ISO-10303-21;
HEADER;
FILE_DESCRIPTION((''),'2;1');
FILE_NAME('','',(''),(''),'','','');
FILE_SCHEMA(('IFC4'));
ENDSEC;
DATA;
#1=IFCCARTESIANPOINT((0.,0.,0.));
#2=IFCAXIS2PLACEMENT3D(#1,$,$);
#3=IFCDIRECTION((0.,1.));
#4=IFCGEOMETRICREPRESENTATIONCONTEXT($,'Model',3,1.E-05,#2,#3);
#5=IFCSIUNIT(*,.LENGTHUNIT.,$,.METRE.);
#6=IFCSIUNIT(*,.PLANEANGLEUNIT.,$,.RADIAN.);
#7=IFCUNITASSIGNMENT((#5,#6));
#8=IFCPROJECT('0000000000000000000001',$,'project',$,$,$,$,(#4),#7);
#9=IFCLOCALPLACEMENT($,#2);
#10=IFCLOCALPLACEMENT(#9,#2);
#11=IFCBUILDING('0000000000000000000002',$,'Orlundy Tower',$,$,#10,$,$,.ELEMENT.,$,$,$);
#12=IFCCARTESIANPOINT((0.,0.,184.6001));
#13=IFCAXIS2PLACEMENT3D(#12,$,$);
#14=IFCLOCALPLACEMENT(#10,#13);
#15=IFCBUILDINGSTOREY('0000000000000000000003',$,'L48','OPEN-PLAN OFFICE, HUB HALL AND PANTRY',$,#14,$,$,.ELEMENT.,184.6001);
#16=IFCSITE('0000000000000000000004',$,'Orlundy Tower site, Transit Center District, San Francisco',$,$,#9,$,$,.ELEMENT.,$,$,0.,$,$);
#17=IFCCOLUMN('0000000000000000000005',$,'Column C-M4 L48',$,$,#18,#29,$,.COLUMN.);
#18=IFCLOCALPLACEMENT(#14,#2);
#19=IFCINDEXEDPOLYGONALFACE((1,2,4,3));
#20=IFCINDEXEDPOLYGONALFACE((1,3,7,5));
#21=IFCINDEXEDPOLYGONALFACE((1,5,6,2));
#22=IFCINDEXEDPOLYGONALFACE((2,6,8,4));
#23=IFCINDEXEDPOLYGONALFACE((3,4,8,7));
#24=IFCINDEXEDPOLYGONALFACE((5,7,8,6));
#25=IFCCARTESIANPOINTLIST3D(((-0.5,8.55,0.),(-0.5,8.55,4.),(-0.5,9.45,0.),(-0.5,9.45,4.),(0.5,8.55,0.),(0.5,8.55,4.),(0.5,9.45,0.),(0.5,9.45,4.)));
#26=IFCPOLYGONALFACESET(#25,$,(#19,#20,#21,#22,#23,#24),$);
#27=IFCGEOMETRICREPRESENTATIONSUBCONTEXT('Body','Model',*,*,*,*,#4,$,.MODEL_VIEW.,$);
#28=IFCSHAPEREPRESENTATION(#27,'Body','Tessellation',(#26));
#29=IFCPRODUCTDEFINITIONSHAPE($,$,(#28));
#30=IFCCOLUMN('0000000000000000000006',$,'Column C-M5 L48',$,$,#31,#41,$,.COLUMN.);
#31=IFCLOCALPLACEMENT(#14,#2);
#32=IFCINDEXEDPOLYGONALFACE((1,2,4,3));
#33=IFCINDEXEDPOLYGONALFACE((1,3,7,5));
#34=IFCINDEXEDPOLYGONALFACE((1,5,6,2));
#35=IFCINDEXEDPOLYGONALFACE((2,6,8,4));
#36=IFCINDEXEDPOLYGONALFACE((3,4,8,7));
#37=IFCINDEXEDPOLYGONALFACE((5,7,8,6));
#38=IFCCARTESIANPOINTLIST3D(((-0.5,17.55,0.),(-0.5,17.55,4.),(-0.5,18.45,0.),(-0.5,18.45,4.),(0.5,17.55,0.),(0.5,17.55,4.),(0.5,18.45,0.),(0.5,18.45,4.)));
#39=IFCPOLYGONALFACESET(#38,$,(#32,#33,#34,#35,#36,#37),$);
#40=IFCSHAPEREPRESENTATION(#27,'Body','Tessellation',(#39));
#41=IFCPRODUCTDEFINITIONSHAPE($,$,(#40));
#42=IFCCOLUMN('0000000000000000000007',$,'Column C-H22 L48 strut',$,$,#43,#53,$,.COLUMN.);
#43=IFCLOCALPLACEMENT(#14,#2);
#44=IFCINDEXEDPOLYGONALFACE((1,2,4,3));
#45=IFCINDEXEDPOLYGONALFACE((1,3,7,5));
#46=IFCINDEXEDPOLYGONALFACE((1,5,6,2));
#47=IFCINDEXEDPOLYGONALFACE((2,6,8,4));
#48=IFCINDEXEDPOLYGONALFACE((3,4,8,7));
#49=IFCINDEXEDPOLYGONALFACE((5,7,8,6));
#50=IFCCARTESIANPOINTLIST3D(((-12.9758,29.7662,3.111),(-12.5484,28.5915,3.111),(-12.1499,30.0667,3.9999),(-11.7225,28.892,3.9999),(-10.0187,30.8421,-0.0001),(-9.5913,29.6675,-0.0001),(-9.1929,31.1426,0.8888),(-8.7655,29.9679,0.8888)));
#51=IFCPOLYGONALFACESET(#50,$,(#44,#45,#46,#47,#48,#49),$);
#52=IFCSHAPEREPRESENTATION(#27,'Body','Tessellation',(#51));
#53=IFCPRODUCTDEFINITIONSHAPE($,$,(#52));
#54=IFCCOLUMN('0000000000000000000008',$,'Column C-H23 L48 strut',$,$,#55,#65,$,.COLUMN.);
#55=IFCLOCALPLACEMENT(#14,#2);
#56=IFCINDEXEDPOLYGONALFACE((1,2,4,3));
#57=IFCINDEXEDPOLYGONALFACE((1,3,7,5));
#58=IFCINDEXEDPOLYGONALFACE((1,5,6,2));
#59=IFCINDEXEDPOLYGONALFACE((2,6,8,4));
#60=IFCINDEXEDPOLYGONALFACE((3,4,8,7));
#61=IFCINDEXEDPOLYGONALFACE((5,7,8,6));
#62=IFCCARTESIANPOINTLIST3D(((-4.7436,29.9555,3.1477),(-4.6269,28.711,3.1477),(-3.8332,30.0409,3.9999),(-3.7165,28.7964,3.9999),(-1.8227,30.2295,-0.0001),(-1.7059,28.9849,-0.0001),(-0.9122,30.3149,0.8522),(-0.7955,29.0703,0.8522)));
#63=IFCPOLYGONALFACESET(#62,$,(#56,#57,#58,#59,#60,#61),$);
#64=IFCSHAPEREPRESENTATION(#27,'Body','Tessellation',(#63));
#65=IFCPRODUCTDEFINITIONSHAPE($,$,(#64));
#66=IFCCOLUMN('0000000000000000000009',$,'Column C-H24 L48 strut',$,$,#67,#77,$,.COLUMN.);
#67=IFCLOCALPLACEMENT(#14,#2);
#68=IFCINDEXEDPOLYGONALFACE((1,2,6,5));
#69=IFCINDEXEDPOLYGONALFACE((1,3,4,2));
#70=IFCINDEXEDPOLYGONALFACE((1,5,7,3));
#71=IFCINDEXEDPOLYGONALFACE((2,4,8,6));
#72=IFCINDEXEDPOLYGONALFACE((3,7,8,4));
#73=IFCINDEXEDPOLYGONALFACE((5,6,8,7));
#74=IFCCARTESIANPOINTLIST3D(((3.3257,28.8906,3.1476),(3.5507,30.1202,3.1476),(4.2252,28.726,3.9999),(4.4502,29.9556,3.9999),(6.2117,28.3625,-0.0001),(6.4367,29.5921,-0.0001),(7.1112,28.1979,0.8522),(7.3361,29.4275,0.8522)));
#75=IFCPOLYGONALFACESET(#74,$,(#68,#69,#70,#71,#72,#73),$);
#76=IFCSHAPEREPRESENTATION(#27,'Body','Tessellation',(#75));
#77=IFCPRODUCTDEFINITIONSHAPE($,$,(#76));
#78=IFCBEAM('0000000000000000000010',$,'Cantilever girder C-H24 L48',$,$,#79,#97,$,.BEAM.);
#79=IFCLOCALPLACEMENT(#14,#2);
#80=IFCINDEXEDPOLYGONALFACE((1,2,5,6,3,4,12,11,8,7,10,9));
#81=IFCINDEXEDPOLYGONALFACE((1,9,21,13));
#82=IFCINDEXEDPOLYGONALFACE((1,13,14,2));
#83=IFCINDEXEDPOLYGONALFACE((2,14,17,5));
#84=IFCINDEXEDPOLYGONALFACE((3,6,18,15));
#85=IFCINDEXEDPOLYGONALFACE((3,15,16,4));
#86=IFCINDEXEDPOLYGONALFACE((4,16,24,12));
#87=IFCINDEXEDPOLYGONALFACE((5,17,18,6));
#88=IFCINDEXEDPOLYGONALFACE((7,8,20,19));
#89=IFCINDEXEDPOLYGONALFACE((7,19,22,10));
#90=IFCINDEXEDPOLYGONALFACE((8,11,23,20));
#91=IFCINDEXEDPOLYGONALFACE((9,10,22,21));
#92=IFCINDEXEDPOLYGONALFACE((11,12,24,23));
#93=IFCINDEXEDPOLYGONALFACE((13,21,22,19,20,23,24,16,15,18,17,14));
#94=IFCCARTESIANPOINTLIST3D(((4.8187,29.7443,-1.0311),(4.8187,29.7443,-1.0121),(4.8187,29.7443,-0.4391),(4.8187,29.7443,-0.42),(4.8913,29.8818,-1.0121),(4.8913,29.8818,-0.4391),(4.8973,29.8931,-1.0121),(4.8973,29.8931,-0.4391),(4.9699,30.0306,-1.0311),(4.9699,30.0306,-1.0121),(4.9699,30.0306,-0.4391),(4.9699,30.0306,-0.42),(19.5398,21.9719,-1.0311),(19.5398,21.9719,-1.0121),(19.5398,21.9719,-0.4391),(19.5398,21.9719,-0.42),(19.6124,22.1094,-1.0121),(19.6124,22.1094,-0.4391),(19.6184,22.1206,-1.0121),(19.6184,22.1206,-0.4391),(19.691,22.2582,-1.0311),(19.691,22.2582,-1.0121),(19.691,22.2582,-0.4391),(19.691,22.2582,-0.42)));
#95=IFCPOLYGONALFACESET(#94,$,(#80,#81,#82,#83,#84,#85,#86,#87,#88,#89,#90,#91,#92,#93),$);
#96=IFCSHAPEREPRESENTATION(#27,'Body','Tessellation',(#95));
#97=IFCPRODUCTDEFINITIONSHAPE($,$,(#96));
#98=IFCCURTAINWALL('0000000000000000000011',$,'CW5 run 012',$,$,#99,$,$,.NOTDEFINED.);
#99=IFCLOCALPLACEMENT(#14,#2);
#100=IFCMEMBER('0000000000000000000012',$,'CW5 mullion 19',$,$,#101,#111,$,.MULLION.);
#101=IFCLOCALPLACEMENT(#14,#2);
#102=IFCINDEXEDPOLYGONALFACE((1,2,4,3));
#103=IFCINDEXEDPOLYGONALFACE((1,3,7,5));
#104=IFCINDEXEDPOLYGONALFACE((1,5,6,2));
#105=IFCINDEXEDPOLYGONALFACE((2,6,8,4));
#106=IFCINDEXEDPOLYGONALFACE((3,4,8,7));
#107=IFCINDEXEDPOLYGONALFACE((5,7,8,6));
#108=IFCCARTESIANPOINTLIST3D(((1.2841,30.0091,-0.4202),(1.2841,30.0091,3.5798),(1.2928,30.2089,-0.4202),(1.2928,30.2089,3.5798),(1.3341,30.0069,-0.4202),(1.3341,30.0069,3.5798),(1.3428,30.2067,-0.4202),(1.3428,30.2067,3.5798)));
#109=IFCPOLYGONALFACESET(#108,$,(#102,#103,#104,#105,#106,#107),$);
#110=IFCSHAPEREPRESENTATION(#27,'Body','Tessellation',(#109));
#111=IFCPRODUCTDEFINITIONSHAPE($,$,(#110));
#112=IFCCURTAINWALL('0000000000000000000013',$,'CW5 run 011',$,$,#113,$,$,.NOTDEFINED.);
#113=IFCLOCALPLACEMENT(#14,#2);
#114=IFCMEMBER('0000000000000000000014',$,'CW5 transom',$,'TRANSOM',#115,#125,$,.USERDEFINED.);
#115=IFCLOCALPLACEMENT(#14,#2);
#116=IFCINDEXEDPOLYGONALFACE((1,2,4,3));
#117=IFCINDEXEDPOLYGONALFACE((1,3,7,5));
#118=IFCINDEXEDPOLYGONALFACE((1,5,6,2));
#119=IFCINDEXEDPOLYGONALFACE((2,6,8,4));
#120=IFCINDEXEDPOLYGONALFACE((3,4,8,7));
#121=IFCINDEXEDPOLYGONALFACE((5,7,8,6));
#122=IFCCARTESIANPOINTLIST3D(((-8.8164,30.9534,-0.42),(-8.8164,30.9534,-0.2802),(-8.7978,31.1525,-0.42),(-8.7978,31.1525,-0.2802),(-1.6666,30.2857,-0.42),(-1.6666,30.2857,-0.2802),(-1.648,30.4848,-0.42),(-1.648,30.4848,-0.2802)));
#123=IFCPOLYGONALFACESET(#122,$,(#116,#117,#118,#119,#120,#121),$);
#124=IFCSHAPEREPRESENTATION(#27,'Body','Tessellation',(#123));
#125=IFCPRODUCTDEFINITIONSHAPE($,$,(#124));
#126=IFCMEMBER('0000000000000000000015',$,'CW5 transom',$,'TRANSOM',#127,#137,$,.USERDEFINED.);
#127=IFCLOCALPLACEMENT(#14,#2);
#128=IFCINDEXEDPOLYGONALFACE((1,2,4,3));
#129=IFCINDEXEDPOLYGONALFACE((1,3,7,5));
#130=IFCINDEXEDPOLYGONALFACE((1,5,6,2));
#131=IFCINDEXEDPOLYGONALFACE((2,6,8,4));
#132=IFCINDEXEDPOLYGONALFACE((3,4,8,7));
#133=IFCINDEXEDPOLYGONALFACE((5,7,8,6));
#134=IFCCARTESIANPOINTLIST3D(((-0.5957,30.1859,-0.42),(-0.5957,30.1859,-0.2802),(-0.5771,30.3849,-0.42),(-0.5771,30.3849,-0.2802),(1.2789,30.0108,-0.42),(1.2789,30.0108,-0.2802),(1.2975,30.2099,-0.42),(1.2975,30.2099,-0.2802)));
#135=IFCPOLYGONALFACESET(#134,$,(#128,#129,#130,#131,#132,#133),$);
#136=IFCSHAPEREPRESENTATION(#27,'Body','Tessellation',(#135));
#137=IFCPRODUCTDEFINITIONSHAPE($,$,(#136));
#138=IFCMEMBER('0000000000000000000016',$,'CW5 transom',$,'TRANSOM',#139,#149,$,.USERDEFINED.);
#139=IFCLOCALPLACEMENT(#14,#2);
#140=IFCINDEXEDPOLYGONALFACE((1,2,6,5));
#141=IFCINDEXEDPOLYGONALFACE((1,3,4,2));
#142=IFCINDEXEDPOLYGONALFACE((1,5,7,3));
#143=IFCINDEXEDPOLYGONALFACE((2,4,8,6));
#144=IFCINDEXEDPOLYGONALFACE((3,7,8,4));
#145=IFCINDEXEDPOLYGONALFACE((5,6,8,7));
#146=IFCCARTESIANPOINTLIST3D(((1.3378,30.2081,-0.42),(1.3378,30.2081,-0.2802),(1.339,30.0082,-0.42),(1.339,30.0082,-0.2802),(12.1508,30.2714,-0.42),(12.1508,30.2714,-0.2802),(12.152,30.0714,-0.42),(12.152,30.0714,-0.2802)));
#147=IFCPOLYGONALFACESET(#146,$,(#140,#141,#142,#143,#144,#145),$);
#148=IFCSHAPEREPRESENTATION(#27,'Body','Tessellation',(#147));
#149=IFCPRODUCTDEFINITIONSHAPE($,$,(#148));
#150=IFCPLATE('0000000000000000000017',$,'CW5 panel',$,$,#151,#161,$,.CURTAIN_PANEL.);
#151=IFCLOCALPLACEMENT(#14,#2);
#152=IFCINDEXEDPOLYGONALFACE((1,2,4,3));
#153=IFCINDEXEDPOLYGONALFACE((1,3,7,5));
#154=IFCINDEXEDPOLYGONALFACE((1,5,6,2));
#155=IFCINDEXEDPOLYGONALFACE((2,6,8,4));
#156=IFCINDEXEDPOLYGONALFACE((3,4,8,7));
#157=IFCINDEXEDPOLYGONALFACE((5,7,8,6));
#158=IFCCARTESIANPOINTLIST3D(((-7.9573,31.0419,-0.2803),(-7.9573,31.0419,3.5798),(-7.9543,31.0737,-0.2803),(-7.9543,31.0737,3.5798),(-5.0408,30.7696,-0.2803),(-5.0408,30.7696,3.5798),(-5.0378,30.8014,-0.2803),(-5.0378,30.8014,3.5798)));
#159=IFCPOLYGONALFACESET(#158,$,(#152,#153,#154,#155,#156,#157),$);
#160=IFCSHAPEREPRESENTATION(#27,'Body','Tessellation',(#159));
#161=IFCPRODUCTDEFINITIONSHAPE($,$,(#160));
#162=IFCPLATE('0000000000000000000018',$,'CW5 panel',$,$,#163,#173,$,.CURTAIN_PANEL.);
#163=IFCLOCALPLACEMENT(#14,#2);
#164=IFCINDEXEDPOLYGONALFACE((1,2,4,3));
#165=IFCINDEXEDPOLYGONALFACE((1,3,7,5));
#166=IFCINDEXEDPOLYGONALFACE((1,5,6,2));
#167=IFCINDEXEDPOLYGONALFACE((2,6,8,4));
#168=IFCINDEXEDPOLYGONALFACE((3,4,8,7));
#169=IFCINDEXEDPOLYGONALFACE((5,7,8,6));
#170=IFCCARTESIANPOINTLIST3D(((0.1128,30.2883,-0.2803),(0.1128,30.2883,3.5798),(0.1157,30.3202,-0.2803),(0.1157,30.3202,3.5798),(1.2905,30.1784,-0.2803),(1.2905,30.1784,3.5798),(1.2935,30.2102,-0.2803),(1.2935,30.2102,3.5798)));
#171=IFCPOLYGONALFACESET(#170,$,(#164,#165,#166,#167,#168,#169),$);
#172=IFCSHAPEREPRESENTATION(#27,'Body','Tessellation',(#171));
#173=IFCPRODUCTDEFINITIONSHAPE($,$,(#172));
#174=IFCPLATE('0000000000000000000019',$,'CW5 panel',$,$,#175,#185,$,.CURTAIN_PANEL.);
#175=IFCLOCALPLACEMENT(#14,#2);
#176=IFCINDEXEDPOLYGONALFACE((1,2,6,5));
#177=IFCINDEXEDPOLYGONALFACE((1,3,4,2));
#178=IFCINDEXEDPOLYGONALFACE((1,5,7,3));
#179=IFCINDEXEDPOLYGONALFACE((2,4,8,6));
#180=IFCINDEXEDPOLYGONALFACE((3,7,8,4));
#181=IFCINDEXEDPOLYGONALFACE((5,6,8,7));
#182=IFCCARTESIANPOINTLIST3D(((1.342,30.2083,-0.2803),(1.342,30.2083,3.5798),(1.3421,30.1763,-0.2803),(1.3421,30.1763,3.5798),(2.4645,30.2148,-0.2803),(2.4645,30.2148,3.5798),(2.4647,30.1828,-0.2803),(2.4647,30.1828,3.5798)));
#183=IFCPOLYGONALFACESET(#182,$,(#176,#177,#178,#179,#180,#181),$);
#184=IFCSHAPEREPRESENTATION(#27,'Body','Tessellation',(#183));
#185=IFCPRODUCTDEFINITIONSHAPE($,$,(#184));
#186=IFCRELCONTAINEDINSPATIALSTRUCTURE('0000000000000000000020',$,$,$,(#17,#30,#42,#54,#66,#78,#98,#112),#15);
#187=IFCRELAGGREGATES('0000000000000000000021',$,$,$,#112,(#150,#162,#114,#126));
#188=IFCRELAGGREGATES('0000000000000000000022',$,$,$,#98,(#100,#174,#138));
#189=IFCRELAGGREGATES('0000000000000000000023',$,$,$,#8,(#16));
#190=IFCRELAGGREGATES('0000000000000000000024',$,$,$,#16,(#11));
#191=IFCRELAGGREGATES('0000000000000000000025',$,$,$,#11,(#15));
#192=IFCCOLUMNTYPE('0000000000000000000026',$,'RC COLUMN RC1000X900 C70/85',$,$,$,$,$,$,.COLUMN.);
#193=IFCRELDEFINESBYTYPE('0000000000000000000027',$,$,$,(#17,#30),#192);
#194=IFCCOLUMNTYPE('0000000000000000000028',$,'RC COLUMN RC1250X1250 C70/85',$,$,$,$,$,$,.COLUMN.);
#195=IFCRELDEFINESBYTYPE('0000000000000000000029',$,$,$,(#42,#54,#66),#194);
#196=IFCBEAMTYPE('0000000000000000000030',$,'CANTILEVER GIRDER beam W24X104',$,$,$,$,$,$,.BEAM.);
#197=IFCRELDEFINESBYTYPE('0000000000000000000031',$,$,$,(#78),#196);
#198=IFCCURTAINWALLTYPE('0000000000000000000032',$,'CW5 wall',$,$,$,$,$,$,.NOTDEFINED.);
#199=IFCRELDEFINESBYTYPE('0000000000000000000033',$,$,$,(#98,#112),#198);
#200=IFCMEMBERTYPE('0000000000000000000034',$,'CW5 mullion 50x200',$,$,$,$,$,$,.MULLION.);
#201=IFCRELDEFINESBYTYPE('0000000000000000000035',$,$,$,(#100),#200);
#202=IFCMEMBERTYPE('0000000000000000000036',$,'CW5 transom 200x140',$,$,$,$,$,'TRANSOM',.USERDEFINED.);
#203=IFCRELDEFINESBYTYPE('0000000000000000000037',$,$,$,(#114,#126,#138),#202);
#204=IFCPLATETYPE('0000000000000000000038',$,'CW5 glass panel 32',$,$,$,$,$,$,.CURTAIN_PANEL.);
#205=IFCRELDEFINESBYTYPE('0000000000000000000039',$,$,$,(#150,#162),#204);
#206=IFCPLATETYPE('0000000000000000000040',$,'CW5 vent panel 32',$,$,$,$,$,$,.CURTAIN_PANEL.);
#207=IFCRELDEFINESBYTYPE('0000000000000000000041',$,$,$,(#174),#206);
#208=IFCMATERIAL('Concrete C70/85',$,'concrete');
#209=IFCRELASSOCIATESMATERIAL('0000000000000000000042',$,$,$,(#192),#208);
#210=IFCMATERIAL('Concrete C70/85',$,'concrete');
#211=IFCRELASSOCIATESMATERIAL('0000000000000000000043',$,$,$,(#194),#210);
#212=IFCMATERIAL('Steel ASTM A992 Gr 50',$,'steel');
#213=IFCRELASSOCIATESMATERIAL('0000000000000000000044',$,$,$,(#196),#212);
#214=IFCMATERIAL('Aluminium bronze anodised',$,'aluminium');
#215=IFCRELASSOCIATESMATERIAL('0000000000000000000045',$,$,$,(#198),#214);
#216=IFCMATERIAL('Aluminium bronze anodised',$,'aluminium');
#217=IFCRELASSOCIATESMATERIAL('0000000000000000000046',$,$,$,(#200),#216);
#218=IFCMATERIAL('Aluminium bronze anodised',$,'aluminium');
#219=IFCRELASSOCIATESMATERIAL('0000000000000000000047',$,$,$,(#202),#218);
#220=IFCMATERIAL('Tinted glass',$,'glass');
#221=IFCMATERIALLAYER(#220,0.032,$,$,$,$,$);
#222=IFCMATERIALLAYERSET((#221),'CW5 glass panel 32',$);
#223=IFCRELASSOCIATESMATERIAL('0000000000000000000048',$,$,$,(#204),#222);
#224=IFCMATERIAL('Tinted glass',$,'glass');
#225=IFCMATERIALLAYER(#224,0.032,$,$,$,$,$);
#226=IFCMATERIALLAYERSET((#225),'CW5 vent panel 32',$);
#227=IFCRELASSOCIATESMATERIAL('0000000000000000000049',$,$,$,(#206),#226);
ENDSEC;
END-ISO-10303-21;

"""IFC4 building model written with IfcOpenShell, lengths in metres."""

from ifc_helpers import new_model, si_unit, direction, frame, origin, origin_2d, place, context, subcontext, project, spatial, rectangle, i_section, extrude, material, layer, layer_set, material_profile, profile_set, type_object, element, aggregate, save


model = new_model("IFC4")

# Units and contexts
model_context = context("Model", 3, precision=1e-05, world=origin(), true_north=direction((0.0, 1.0)))
body_context = subcontext(model_context, "Body", "Model", "MODEL_VIEW")
ifc_project = project(units=[si_unit("LENGTHUNIT", "METRE"), si_unit("PLANEANGLEUNIT", "RADIAN")], contexts=[model_context])

# Site, building, storey
site_placement = place(None, origin())
site = spatial("IfcSite", under=ifc_project, at=site_placement, Name="Orlundy Tower site, Transit Center District, San Francisco", CompositionType="ELEMENT", RefElevation=0.0)
building_placement = place(site_placement, origin())
building = spatial("IfcBuilding", under=site, at=building_placement, Name="Orlundy Tower", CompositionType="ELEMENT")
storey_placement = place(building_placement, frame((0.0, 0.0, 184.6001)))
storey = spatial("IfcBuildingStorey", under=building, at=storey_placement, Name="L48", Description="OPEN-PLAN OFFICE, HUB HALL AND PANTRY", CompositionType="ELEMENT", Elevation=184.6001)

# Columns
ifc_material_1 = material(Name="Concrete C70/85", Category="concrete")
ifc_material_profile_1 = material_profile(ifc_material_1, rectangle(XDim=1.0, YDim=0.8999, at=origin_2d()), Name="RC1000X900")
ifc_profile_set_1 = profile_set([ifc_material_profile_1], Name="Concrete C70/85")
column_type_1 = type_object("IfcColumnType", Name="RC COLUMN RC1000X900 C70/85", PredefinedType="COLUMN", material=ifc_profile_set_1)
for number, where, z_axis, x_axis, name in (
    (1, (0.0, 9.0, 0.0), (0.0, 0.0, 1.0), (1.0, 0.0, 0.0), "Column C-M4 L48"),
    (2, (0.0, 18.0, 0.0), (0.0, 0.0, 1.0), (1.0, 0.0, 0.0), "Column C-M5 L48"),
):
    element("IfcColumn", number, at=place(storey_placement, frame(where, z_axis=z_axis, x_axis=x_axis)), inside=storey, type_object=column_type_1, Name=name, PredefinedType="COLUMN", context=body_context, shape_type="SweptSolid", body=[
        extrude(rectangle(XDim=1.0, YDim=0.8999, at=origin_2d()), origin(), (0.0, 0.0, 1.0), 4.0),
    ])
ifc_material_2 = material(Name="Concrete C70/85", Category="concrete")
ifc_material_profile_2 = material_profile(ifc_material_2, rectangle(XDim=1.25, YDim=1.25, at=origin_2d()), Name="RC1250X1250")
ifc_profile_set_2 = profile_set([ifc_material_profile_2], Name="Concrete C70/85")
column_type_2 = type_object("IfcColumnType", Name="RC COLUMN RC1250X1250 C70/85", PredefinedType="COLUMN", material=ifc_profile_set_2)
column_placement = place(storey_placement, frame((-9.3921, 30.405, 0.4443), z_axis=(-0.668258, -0.243148, 0.703072), x_axis=(0.341924, -0.939728, 0.0)))
element("IfcColumn", 3, at=column_placement, inside=storey, type_object=column_type_2, Name="Column C-H22 L48 strut", PredefinedType="COLUMN", context=body_context, shape_type="SweptSolid", body=[
    extrude(rectangle(XDim=1.25, YDim=1.25, at=origin_2d()), origin(), (0.0, 0.0, 1.0), 4.425),
])
for number, where, z_axis, x_axis, name in (
    (4, (-1.3091, 29.6499, 0.426), (-0.678825, -0.063661, 0.731535), (0.093372, -0.995631, 0.0), "Column C-H23 L48 strut"),
    (5, (6.7739, 28.895, 0.426), (-0.670691, 0.122723, 0.731514), (-0.179991, -0.983668, 0.0), "Column C-H24 L48 strut"),
):
    element("IfcColumn", number, at=place(storey_placement, frame(where, z_axis=z_axis, x_axis=x_axis)), inside=storey, type_object=column_type_2, Name=name, PredefinedType="COLUMN", context=body_context, shape_type="SweptSolid", body=[
        extrude(rectangle(XDim=1.25, YDim=1.25, at=origin_2d()), origin(), (0.0, 0.0, 1.0), 4.303),
    ])

# Beam
ifc_material_3 = material(Name="Steel ASTM A992 Gr 50", Category="steel")
ifc_material_profile_3 = material_profile(ifc_material_3, i_section(OverallWidth=0.3237, OverallDepth=0.6111, WebThickness=0.0127, FlangeThickness=0.019, at=origin_2d()), Name="W24X104")
ifc_profile_set_3 = profile_set([ifc_material_profile_3], Name="Steel ASTM A992 Gr 50")
beam_type = type_object("IfcBeamType", Name="CANTILEVER GIRDER beam W24X104", PredefinedType="BEAM", material=ifc_profile_set_3)
beam_placement = place(storey_placement, frame((4.8943, 29.8875, -0.7256), z_axis=(0.884312, -0.466897, 0.0), x_axis=(0.466897, 0.884312, 0.0)))
element("IfcBeam", 6, at=beam_placement, inside=storey, type_object=beam_type, Name="Cantilever girder C-H24 L48", PredefinedType="BEAM", context=body_context, shape_type="SweptSolid", body=[
    extrude(i_section(OverallWidth=0.3237, OverallDepth=0.6111, WebThickness=0.0127, FlangeThickness=0.019, at=origin_2d()), origin(), (0.0, 0.0, 1.0), 16.647),
])

# Curtain wall, member
ifc_material_4 = material(Name="Aluminium bronze anodised", Category="aluminium")
curtain_wall_type = type_object("IfcCurtainWallType", Name="CW5 wall", PredefinedType="NOTDEFINED", material=ifc_material_4)
curtain_wall_1_placement = place(storey_placement, origin())
curtain_wall_1 = element("IfcCurtainWall", 7, at=curtain_wall_1_placement, inside=storey, type_object=curtain_wall_type, Name="CW5 run 012", PredefinedType="NOTDEFINED")
ifc_material_5 = material(Name="Aluminium bronze anodised", Category="aluminium")
ifc_material_profile_4 = material_profile(ifc_material_5, rectangle(XDim=0.2, YDim=0.05, at=origin_2d()), Name="CW5 mullion 50x200")
ifc_profile_set_4 = profile_set([ifc_material_profile_4], Name="Aluminium bronze anodised")
member_type_1 = type_object("IfcMemberType", Name="CW5 mullion 50x200", PredefinedType="MULLION", material=ifc_profile_set_4)
member_1_placement = place(storey_placement, frame((1.3135, 30.1079, -0.4202), z_axis=(0.0, 0.0, 1.0), x_axis=(0.043608, 0.999049, 0.0)))
member_1 = element("IfcMember", 8, at=member_1_placement, type_object=member_type_1, Name="CW5 mullion 19", PredefinedType="MULLION", context=body_context, shape_type="SweptSolid", body=[
    extrude(rectangle(XDim=0.2, YDim=0.05, at=origin_2d()), origin(), (0.0, 0.0, 1.0), 4.0),
])

# Curtain wall, members
curtain_wall_2_placement = place(storey_placement, origin())
curtain_wall_2 = element("IfcCurtainWall", 9, at=curtain_wall_2_placement, inside=storey, type_object=curtain_wall_type, Name="CW5 run 011", PredefinedType="NOTDEFINED")
ifc_material_6 = material(Name="Aluminium bronze anodised", Category="aluminium")
ifc_material_profile_5 = material_profile(ifc_material_6, rectangle(XDim=0.2, YDim=0.1399, at=origin_2d()), Name="CW5 transom 200x140")
ifc_profile_set_5 = profile_set([ifc_material_profile_5], Name="Aluminium bronze anodised")
member_type_2 = type_object("IfcMemberType", Name="CW5 transom 200x140", ElementType="TRANSOM", PredefinedType="USERDEFINED", material=ifc_profile_set_5)
member_2_placement = place(storey_placement, frame((-8.8071, 31.053, -0.3501), z_axis=(0.995668, -0.092985, 0.0), x_axis=(0.092985, 0.995668, 0.0)))
member_2 = element("IfcMember", 10, at=member_2_placement, type_object=member_type_2, Name="CW5 transom", ObjectType="TRANSOM", PredefinedType="USERDEFINED", context=body_context, shape_type="SweptSolid", body=[
    extrude(rectangle(XDim=0.2, YDim=0.1399, at=origin_2d()), origin(), (0.0, 0.0, 1.0), 7.1809),
])
member_3_placement = place(storey_placement, frame((-0.5864, 30.2854, -0.3501), z_axis=(0.995669, -0.092967, 0.0), x_axis=(0.092967, 0.995669, 0.0)))
member_3 = element("IfcMember", 11, at=member_3_placement, type_object=member_type_2, Name="CW5 transom", ObjectType="TRANSOM", PredefinedType="USERDEFINED", context=body_context, shape_type="SweptSolid", body=[
    extrude(rectangle(XDim=0.2, YDim=0.1399, at=origin_2d()), origin(), (0.0, 0.0, 1.0), 1.8828),
])

# Member
member_4_placement = place(storey_placement, frame((1.3384, 30.1082, -0.3501), z_axis=(0.999983, 0.005848, 0.0), x_axis=(-0.005848, 0.999983, 0.0)))
member_4 = element("IfcMember", 12, at=member_4_placement, type_object=member_type_2, Name="CW5 transom", ObjectType="TRANSOM", PredefinedType="USERDEFINED", context=body_context, shape_type="SweptSolid", body=[
    extrude(rectangle(XDim=0.2, YDim=0.1399, at=origin_2d()), origin(), (0.0, 0.0, 1.0), 10.8132),
])

# Plates
ifc_material_7 = material(Name="Tinted glass", Category="glass")
ifc_layer_1 = layer(ifc_material_7, 0.032)
ifc_layer_set_1 = layer_set([ifc_layer_1], Name="CW5 glass panel 32")
plate_type_1 = type_object("IfcPlateType", Name="CW5 glass panel 32", PredefinedType="CURTAIN_PANEL", material=ifc_layer_set_1)
plate_1_placement = place(storey_placement, frame((-6.4976, 30.9216, -0.2803), z_axis=(0.0, 0.0, 1.0), x_axis=(0.99567, -0.092958, 0.0)))
plate_1 = element("IfcPlate", 13, at=plate_1_placement, type_object=plate_type_1, Name="CW5 panel", PredefinedType="CURTAIN_PANEL", context=body_context, shape_type="SweptSolid", body=[
    extrude(rectangle(XDim=2.9292, YDim=0.032, at=origin_2d()), origin(), (0.0, 0.0, 1.0), 3.8601),
])
plate_2_placement = place(storey_placement, frame((0.7031, 30.2493, -0.2803), z_axis=(0.0, 0.0, 1.0), x_axis=(0.99567, -0.092958, 0.0)))
plate_2 = element("IfcPlate", 14, at=plate_2_placement, type_object=plate_type_1, Name="CW5 panel", PredefinedType="CURTAIN_PANEL", context=body_context, shape_type="SweptSolid", body=[
    extrude(rectangle(XDim=1.1829, YDim=0.032, at=origin_2d()), origin(), (0.0, 0.0, 1.0), 3.8601),
])
aggregate(curtain_wall_2, [plate_1, plate_2, member_2, member_3])
ifc_material_8 = material(Name="Tinted glass", Category="glass")
ifc_layer_2 = layer(ifc_material_8, 0.032)
ifc_layer_set_2 = layer_set([ifc_layer_2], Name="CW5 vent panel 32")
plate_type_2 = type_object("IfcPlateType", Name="CW5 vent panel 32", PredefinedType="CURTAIN_PANEL", material=ifc_layer_set_2)
plate_3_placement = place(storey_placement, frame((1.9033, 30.1956, -0.2803), z_axis=(0.0, 0.0, 1.0), x_axis=(0.999983, 0.005848, 0.0)))
plate_3 = element("IfcPlate", 15, at=plate_3_placement, type_object=plate_type_2, Name="CW5 panel", PredefinedType="CURTAIN_PANEL", context=body_context, shape_type="SweptSolid", body=[
    extrude(rectangle(XDim=1.1226, YDim=0.032, at=origin_2d()), origin(), (0.0, 0.0, 1.0), 3.8601),
])
aggregate(curtain_wall_1, [member_1, plate_3, member_4])

save(model, "model.ifc")
